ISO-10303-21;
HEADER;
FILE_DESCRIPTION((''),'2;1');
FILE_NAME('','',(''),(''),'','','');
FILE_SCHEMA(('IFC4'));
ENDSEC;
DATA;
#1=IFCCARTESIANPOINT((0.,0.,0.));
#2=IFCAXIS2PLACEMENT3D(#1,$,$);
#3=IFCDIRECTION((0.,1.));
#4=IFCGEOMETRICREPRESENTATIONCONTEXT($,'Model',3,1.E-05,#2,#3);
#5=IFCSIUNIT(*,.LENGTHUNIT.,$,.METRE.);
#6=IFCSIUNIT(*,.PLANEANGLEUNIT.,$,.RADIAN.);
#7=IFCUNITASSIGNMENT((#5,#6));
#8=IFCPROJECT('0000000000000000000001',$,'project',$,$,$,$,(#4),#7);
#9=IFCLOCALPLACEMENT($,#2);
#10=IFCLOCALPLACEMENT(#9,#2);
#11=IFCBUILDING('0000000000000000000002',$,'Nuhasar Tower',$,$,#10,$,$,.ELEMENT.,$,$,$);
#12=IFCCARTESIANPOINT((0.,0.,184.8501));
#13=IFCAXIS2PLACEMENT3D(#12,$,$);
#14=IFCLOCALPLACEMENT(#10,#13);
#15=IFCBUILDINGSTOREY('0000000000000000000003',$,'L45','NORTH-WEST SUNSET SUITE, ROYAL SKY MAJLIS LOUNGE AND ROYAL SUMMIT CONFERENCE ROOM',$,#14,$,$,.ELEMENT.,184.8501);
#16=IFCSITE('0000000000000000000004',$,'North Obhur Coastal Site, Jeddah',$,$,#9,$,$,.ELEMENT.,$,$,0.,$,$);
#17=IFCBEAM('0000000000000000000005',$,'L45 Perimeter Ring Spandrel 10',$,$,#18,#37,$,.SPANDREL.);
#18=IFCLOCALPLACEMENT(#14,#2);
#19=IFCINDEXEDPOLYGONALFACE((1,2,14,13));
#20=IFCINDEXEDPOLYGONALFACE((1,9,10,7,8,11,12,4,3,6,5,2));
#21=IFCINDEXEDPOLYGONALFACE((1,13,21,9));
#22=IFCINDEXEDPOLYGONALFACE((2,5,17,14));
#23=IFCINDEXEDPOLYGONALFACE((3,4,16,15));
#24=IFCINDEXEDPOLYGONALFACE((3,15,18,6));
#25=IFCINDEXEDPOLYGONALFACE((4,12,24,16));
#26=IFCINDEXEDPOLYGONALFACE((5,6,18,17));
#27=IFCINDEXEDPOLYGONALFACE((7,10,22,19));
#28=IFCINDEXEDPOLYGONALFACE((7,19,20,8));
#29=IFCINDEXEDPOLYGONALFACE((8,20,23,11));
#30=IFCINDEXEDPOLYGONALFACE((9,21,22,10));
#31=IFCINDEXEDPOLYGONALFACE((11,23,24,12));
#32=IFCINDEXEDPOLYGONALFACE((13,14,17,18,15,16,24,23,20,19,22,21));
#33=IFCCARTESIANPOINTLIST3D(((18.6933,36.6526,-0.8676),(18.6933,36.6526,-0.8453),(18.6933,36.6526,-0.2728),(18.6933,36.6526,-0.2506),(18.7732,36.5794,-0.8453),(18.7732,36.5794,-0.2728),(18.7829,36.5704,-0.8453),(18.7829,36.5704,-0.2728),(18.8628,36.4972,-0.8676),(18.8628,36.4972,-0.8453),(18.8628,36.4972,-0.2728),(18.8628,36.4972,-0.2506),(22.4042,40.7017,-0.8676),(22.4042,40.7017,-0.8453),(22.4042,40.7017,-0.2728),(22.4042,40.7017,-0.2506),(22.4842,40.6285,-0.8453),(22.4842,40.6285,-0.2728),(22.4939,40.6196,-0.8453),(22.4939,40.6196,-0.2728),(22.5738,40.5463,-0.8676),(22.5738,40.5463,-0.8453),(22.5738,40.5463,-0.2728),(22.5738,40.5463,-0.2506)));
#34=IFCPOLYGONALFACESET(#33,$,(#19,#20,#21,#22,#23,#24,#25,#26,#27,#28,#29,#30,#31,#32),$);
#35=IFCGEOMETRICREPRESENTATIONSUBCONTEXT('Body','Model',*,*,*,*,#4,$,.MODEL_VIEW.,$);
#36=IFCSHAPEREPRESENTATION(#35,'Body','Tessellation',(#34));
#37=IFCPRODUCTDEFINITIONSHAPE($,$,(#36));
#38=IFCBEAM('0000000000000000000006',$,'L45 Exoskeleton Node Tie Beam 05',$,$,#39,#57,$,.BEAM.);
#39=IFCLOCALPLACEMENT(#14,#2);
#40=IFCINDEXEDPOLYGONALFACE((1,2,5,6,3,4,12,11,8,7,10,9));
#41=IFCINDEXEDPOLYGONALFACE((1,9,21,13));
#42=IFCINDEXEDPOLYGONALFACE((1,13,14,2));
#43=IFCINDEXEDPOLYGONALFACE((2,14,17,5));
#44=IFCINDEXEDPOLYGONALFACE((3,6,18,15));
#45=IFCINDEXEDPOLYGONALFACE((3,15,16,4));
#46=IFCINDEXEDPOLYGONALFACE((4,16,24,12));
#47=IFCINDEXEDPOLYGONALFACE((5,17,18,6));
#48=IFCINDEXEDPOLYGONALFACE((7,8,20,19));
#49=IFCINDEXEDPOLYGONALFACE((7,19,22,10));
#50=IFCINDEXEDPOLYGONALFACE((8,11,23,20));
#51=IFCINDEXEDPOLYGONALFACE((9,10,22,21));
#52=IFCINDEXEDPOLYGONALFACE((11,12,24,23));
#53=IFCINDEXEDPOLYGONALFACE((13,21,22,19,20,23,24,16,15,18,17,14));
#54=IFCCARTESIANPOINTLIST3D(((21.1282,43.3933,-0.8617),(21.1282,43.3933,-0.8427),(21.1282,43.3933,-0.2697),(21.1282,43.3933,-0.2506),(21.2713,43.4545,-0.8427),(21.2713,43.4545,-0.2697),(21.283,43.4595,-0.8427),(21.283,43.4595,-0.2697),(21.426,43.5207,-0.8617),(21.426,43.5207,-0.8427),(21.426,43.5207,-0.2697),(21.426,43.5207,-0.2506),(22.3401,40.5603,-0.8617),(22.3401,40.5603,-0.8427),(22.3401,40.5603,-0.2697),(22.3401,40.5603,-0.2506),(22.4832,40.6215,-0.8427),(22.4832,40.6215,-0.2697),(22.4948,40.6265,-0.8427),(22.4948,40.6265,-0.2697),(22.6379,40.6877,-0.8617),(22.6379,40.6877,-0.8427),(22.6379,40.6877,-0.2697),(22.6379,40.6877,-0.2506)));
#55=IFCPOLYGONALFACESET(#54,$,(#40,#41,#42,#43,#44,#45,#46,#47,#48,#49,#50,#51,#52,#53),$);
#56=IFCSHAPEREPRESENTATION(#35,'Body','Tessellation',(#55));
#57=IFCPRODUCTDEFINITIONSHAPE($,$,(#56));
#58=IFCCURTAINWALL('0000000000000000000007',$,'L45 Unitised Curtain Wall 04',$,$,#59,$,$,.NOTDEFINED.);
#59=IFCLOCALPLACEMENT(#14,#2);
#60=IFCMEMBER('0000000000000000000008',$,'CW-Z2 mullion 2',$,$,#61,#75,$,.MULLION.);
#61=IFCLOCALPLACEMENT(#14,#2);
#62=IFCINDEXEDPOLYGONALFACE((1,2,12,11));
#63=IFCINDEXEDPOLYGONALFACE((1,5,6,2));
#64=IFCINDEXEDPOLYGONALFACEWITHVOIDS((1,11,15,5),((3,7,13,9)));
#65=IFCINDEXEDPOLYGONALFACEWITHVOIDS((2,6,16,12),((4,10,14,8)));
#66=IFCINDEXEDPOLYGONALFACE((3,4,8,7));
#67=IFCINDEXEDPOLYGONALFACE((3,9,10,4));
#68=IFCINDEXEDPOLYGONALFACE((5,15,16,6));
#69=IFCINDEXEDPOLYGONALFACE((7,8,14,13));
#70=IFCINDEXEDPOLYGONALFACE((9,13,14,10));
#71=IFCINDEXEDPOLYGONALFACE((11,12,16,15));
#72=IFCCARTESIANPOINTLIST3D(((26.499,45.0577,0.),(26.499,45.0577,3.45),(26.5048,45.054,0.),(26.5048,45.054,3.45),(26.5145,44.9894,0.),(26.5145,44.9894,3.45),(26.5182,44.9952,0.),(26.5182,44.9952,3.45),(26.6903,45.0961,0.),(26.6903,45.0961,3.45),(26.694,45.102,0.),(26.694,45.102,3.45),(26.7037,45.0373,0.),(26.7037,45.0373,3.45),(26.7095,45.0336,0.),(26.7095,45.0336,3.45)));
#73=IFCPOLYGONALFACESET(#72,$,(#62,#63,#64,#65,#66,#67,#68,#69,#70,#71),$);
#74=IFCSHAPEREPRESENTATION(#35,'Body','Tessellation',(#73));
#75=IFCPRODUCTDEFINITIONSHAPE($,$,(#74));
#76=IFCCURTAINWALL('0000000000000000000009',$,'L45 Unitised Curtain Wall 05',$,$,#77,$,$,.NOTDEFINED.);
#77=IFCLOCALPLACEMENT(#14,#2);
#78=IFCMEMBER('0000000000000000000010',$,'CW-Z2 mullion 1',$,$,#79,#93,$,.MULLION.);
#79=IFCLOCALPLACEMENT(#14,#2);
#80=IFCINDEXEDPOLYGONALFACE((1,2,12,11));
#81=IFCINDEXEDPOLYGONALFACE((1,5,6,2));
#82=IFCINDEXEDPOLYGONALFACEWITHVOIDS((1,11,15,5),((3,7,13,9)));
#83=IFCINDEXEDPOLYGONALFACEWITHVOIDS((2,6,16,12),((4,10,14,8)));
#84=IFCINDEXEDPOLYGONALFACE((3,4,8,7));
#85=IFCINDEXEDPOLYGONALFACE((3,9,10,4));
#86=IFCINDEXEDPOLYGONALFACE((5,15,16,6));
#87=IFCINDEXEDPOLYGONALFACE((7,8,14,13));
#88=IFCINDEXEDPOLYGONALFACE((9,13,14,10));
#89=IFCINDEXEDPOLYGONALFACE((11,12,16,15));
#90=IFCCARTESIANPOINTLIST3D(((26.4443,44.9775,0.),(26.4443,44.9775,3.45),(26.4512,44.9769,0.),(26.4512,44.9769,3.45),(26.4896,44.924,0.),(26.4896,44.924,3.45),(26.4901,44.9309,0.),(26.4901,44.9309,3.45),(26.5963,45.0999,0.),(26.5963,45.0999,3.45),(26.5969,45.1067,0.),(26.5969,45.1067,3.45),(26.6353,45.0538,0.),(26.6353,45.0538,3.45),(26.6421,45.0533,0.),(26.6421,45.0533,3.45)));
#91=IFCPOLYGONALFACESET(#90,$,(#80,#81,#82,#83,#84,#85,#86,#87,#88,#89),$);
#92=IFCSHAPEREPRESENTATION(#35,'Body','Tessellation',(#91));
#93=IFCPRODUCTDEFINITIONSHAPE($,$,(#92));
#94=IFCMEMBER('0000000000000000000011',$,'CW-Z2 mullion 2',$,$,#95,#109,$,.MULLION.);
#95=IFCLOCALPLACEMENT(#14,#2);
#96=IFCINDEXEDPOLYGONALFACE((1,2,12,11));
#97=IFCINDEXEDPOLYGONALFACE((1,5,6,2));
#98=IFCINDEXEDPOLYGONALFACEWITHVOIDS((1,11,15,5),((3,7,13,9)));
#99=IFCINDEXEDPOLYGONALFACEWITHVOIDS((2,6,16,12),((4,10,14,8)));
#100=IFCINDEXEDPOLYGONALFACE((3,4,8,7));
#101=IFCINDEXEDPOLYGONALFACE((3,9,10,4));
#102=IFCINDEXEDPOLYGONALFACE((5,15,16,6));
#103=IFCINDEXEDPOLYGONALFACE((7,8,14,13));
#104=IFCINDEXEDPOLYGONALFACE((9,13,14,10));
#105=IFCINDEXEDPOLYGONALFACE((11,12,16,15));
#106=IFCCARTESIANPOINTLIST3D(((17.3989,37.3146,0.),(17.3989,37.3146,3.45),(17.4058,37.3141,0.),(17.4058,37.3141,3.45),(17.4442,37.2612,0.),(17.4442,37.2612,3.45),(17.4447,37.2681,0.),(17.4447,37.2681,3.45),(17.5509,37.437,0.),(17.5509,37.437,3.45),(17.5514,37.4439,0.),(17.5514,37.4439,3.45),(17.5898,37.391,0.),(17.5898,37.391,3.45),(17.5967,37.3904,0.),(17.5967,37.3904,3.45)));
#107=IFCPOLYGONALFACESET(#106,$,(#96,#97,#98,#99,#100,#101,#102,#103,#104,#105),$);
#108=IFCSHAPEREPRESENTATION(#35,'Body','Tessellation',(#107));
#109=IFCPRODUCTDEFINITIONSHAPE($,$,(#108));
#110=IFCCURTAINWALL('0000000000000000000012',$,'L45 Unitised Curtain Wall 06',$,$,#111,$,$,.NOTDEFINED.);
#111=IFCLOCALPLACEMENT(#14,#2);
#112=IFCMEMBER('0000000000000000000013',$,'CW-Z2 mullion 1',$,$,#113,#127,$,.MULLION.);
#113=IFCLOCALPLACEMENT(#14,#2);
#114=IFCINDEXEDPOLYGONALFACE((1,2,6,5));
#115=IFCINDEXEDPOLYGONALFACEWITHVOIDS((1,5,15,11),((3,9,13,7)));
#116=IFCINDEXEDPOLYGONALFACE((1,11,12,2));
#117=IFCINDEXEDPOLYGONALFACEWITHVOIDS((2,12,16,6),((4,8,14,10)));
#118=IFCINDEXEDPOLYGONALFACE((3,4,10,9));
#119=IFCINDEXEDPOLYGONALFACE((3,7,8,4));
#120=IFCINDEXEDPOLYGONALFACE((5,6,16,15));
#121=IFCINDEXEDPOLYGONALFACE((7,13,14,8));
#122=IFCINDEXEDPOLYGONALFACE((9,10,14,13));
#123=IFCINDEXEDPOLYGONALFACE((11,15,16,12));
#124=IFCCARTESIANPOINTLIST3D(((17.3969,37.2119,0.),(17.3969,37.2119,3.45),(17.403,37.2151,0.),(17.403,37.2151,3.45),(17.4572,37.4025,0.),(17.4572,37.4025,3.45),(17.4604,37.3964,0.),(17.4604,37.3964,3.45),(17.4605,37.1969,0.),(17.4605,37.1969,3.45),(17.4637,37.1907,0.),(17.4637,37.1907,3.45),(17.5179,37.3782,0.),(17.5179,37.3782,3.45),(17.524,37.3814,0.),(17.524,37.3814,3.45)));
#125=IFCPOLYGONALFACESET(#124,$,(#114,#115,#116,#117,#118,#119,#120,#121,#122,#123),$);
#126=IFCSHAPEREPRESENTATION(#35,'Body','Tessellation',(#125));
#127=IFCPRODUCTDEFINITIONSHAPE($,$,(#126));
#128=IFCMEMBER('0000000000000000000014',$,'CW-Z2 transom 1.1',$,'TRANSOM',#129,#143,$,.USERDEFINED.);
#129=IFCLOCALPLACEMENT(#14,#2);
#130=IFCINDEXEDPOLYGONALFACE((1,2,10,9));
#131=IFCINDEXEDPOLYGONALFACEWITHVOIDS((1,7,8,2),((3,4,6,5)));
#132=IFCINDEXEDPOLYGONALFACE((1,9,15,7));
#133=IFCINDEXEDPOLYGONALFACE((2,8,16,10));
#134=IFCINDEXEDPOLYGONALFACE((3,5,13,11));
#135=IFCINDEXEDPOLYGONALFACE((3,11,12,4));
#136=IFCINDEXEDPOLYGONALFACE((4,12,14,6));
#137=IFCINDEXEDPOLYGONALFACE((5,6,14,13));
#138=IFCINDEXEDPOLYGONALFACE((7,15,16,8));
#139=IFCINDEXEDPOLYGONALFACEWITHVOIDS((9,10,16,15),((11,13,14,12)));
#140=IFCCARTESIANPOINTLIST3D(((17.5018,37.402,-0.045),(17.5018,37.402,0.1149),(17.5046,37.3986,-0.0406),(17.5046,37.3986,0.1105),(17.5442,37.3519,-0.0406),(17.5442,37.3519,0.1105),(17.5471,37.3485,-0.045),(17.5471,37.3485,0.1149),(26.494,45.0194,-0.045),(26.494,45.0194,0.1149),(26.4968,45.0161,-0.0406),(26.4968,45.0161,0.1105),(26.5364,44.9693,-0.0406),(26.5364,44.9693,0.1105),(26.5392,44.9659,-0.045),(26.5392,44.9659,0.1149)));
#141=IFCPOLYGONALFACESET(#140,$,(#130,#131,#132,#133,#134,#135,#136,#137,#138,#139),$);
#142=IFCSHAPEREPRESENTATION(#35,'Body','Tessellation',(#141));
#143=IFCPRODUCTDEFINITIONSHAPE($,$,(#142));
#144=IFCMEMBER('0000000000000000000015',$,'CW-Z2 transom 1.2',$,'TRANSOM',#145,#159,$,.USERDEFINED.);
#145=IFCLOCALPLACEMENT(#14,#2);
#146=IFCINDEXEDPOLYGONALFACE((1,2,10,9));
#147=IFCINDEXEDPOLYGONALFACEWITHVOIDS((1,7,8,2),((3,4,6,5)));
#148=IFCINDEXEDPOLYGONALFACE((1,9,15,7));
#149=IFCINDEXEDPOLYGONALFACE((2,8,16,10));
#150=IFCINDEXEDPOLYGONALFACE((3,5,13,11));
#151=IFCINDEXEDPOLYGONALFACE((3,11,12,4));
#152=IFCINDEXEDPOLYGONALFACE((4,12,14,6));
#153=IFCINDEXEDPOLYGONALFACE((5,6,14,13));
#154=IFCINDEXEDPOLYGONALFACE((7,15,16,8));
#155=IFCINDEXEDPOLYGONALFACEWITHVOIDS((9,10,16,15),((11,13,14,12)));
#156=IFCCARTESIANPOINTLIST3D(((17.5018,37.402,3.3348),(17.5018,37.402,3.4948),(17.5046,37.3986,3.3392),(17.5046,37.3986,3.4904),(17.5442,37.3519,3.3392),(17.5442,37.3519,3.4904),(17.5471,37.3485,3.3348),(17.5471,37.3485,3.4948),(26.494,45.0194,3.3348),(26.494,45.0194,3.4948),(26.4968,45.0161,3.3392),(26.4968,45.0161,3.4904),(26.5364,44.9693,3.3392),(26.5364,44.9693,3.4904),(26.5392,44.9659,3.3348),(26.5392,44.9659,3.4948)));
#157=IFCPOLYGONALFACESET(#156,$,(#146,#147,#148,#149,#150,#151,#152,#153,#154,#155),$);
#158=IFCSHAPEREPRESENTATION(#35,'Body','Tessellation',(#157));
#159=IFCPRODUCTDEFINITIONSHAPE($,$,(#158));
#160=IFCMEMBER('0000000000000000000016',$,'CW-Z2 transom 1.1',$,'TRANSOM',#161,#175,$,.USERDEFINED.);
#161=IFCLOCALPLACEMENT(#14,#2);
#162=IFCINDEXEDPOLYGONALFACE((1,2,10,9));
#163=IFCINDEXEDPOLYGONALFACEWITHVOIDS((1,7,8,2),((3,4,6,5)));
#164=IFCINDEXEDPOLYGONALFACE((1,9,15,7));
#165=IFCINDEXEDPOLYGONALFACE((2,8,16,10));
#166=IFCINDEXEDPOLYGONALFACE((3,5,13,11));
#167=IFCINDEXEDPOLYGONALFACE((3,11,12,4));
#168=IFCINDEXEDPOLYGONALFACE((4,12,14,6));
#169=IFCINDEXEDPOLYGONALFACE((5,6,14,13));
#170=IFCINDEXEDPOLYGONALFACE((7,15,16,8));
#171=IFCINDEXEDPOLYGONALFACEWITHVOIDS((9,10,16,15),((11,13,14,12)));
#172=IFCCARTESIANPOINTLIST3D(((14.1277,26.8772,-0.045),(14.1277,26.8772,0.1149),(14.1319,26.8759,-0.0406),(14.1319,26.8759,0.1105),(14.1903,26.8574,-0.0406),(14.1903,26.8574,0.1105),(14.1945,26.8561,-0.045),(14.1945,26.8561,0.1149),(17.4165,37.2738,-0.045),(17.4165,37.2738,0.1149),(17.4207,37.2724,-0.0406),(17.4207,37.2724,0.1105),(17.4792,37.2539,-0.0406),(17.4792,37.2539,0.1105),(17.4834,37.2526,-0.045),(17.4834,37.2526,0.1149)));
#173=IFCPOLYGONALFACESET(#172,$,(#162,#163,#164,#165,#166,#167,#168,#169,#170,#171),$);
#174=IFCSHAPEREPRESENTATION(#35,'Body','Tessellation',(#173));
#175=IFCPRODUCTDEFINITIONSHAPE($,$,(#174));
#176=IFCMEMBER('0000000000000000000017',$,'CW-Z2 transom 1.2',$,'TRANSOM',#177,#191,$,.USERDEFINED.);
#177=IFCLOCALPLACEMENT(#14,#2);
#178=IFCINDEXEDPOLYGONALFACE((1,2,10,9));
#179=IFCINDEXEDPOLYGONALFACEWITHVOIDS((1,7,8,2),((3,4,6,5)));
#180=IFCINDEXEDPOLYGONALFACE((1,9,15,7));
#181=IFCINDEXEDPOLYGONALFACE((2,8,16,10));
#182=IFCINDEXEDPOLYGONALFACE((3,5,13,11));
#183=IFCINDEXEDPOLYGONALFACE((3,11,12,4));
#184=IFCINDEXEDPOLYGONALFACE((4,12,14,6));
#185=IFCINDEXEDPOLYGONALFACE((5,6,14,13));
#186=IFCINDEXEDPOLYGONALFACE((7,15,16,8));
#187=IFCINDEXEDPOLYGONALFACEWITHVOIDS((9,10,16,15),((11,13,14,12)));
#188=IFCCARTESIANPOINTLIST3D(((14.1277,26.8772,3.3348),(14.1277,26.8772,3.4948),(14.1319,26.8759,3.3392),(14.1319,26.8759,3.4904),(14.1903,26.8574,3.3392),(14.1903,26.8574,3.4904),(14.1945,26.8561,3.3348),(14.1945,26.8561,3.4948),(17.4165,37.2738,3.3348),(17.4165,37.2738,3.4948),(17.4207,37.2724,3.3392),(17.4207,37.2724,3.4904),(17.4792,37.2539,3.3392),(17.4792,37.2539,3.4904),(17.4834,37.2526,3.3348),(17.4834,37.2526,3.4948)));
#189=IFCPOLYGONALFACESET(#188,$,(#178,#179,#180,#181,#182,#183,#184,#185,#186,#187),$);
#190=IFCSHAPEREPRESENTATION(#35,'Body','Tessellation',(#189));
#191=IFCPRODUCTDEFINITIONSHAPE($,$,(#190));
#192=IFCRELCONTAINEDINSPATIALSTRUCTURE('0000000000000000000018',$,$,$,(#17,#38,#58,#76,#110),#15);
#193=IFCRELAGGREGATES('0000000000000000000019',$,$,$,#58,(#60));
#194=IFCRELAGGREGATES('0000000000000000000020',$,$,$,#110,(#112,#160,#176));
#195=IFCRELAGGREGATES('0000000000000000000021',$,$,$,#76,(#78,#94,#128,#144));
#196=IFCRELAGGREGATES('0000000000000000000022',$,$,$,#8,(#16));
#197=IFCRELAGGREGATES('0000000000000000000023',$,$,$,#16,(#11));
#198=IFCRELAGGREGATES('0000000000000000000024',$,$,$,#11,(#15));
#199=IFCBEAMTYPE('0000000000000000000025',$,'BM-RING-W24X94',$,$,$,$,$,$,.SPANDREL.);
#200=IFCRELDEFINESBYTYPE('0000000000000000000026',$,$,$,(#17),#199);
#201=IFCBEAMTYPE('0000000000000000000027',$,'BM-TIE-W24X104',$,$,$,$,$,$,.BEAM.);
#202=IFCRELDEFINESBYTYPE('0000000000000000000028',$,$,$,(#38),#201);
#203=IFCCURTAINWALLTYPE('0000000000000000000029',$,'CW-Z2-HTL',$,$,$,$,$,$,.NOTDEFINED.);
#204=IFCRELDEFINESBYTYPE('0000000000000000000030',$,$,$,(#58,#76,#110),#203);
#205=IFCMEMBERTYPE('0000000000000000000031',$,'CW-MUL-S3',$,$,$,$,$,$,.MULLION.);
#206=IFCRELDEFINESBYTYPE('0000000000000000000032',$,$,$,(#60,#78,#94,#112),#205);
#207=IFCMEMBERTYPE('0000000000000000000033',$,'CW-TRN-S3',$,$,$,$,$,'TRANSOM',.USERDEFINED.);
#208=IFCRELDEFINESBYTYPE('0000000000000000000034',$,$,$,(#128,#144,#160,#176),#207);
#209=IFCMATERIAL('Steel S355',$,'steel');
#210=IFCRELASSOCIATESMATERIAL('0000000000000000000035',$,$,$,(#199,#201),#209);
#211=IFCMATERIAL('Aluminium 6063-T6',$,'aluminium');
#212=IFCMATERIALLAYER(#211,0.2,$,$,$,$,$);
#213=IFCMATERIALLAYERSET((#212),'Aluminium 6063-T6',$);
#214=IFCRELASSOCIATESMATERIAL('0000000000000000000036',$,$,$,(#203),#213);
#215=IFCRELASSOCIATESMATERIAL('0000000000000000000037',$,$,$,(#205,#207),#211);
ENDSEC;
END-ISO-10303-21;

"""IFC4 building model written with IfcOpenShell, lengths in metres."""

from ifc_helpers import new_model, si_unit, direction, frame, origin, origin_2d, place, context, subcontext, project, spatial, hollow_rectangle, i_section, extrude, material, layer, layer_set, material_profile, profile_set, type_object, element, aggregate, save


model = new_model("IFC4")

# Units and contexts
model_context = context("Model", 3, precision=1e-05, world=origin(), true_north=direction((0.0, 1.0)))
body_context = subcontext(model_context, "Body", "Model", "MODEL_VIEW")
ifc_project = project(units=[si_unit("LENGTHUNIT", "METRE"), si_unit("PLANEANGLEUNIT", "RADIAN")], contexts=[model_context])

# Site, building, storey
site_placement = place(None, origin())
site = spatial("IfcSite", under=ifc_project, at=site_placement, Name="North Obhur Coastal Site, Jeddah", CompositionType="ELEMENT", RefElevation=0.0)
building_placement = place(site_placement, origin())
building = spatial("IfcBuilding", under=site, at=building_placement, Name="Nuhasar Tower", CompositionType="ELEMENT")
storey_placement = place(building_placement, frame((0.0, 0.0, 184.8501)))
storey = spatial("IfcBuildingStorey", under=building, at=storey_placement, Name="L45", Description="NORTH-WEST SUNSET SUITE, ROYAL SKY MAJLIS LOUNGE AND ROYAL SUMMIT CONFERENCE ROOM", CompositionType="ELEMENT", Elevation=184.8501)

# Beams
ifc_material_1 = material(Name="Steel S355", Category="steel")
ifc_material_profile_1 = material_profile(ifc_material_1, i_section(OverallWidth=0.23, OverallDepth=0.6169, WebThickness=0.0132, FlangeThickness=0.0222, at=origin_2d()), Name="W24X94")
ifc_profile_set_1 = profile_set([ifc_material_profile_1], Name="Steel S355")
beam_type_1 = type_object("IfcBeamType", Name="BM-RING-W24X94", PredefinedType="SPANDREL", material=ifc_profile_set_1)
beam_1_placement = place(storey_placement, frame((22.489, 40.624, -0.5591), z_axis=(-0.675654, -0.737219, 0.0), x_axis=(0.737219, -0.675654, 0.0)))
element("IfcBeam", 1, at=beam_1_placement, inside=storey, type_object=beam_type_1, Name="L45 Perimeter Ring Spandrel 10", PredefinedType="SPANDREL", context=body_context, shape_type="SweptSolid", body=[
    extrude(i_section(OverallWidth=0.23, OverallDepth=0.6169, WebThickness=0.0132, FlangeThickness=0.0222, at=origin_2d()), origin(), (0.0, 0.0, 1.0), 5.4924),
])
ifc_material_profile_2 = material_profile(ifc_material_1, i_section(OverallWidth=0.324, OverallDepth=0.6111, WebThickness=0.0127, FlangeThickness=0.019, at=origin_2d()), Name="W24X104")
ifc_profile_set_2 = profile_set([ifc_material_profile_2], Name="Steel S355")
beam_type_2 = type_object("IfcBeamType", Name="BM-TIE-W24X104", PredefinedType="BEAM", material=ifc_profile_set_2)
beam_2_placement = place(storey_placement, frame((22.489, 40.624, -0.5562), z_axis=(-0.393307, 0.919407, 0.0), x_axis=(-0.919407, -0.393307, 0.0)))
element("IfcBeam", 2, at=beam_2_placement, inside=storey, type_object=beam_type_2, Name="L45 Exoskeleton Node Tie Beam 05", PredefinedType="BEAM", context=body_context, shape_type="SweptSolid", body=[
    extrude(i_section(OverallWidth=0.324, OverallDepth=0.6111, WebThickness=0.0127, FlangeThickness=0.019, at=origin_2d()), origin(), (0.0, 0.0, 1.0), 3.0813),
])

# Curtain wall, member
ifc_material_2 = material(Name="Aluminium 6063-T6", Category="aluminium")
ifc_layer_1 = layer(ifc_material_2, 0.2)
ifc_layer_set_1 = layer_set([ifc_layer_1], Name="Aluminium 6063-T6")
curtain_wall_type = type_object("IfcCurtainWallType", Name="CW-Z2-HTL", PredefinedType="NOTDEFINED", material=ifc_layer_set_1)
curtain_wall_1_placement = place(storey_placement, origin())
curtain_wall_1 = element("IfcCurtainWall", 3, at=curtain_wall_1_placement, inside=storey, type_object=curtain_wall_type, Name="L45 Unitised Curtain Wall 04", PredefinedType="NOTDEFINED")
ifc_material_profile_3 = material_profile(ifc_material_2, hollow_rectangle(XDim=0.0701, YDim=0.2, WallThickness=0.0049, at=origin_2d()), Name="CWM-3")
ifc_profile_set_3 = profile_set([ifc_material_profile_3], Name="Aluminium 6063-T6")
member_type_1 = type_object("IfcMemberType", Name="CW-MUL-S3", PredefinedType="MULLION", material=ifc_profile_set_3)
member_1_placement = place(storey_placement, frame((26.6042, 45.0457, 0.0), z_axis=(0.0, 0.0, 1.0), x_axis=(0.221397, -0.975184, 0.0)))
member_1 = element("IfcMember", 4, at=member_1_placement, type_object=member_type_1, Name="CW-Z2 mullion 2", PredefinedType="MULLION", context=body_context, shape_type="SweptSolid", body=[
    extrude(hollow_rectangle(XDim=0.0701, YDim=0.2, WallThickness=0.0049, at=origin_2d()), origin(), (0.0, 0.0, 1.0), 3.45),
])
aggregate(curtain_wall_1, [member_1])

# Curtain wall, members
curtain_wall_2_placement = place(storey_placement, origin())
curtain_wall_2 = element("IfcCurtainWall", 5, at=curtain_wall_2_placement, inside=storey, type_object=curtain_wall_type, Name="L45 Unitised Curtain Wall 05", PredefinedType="NOTDEFINED")
member_2_placement = place(storey_placement, frame((26.5432, 45.0154, 0.0), z_axis=(0.0, 0.0, 1.0), x_axis=(0.646374, -0.76302, 0.0)))
member_2 = element("IfcMember", 6, at=member_2_placement, type_object=member_type_1, Name="CW-Z2 mullion 1", PredefinedType="MULLION", context=body_context, shape_type="SweptSolid", body=[
    extrude(hollow_rectangle(XDim=0.0701, YDim=0.2, WallThickness=0.0049, at=origin_2d()), origin(), (0.0, 0.0, 1.0), 3.45),
])
member_3_placement = place(storey_placement, frame((17.4978, 37.3525, 0.0), z_axis=(0.0, 0.0, 1.0), x_axis=(0.646374, -0.76302, 0.0)))
member_3 = element("IfcMember", 7, at=member_3_placement, type_object=member_type_1, Name="CW-Z2 mullion 2", PredefinedType="MULLION", context=body_context, shape_type="SweptSolid", body=[
    extrude(hollow_rectangle(XDim=0.0701, YDim=0.2, WallThickness=0.0049, at=origin_2d()), origin(), (0.0, 0.0, 1.0), 3.45),
])

# Curtain wall, member
curtain_wall_3_placement = place(storey_placement, origin())
curtain_wall_3 = element("IfcCurtainWall", 8, at=curtain_wall_3_placement, inside=storey, type_object=curtain_wall_type, Name="L45 Unitised Curtain Wall 06", PredefinedType="NOTDEFINED")
member_4_placement = place(storey_placement, frame((17.4604, 37.2966, 0.0), z_axis=(0.0, 0.0, 1.0), x_axis=(0.953433, -0.301604, 0.0)))
member_4 = element("IfcMember", 9, at=member_4_placement, type_object=member_type_1, Name="CW-Z2 mullion 1", PredefinedType="MULLION", context=body_context, shape_type="SweptSolid", body=[
    extrude(hollow_rectangle(XDim=0.0701, YDim=0.2, WallThickness=0.0049, at=origin_2d()), origin(), (0.0, 0.0, 1.0), 3.45),
])

# Members
ifc_material_profile_4 = material_profile(ifc_material_2, hollow_rectangle(XDim=0.0701, YDim=0.1599, WallThickness=0.0044, at=origin_2d()), Name="CWT-3")
ifc_profile_set_4 = profile_set([ifc_material_profile_4], Name="Aluminium 6063-T6")
member_type_2 = type_object("IfcMemberType", Name="CW-TRN-S3", ElementType="TRANSOM", PredefinedType="USERDEFINED", material=ifc_profile_set_4)
member_5_placement = place(storey_placement, frame((26.5166, 44.9927, 0.0349), z_axis=(-0.763024, -0.64637, 0.0), x_axis=(0.64637, -0.763024, 0.0)))
member_5 = element("IfcMember", 10, at=member_5_placement, type_object=member_type_2, Name="CW-Z2 transom 1.1", ObjectType="TRANSOM", PredefinedType="USERDEFINED", context=body_context, shape_type="SweptSolid", body=[
    extrude(hollow_rectangle(XDim=0.0701, YDim=0.1599, WallThickness=0.0044, at=origin_2d()), origin(), (0.0, 0.0, 1.0), 11.7849),
])
member_6_placement = place(storey_placement, frame((26.5166, 44.9927, 3.4148), z_axis=(-0.763024, -0.64637, 0.0), x_axis=(0.64637, -0.763024, 0.0)))
member_6 = element("IfcMember", 11, at=member_6_placement, type_object=member_type_2, Name="CW-Z2 transom 1.2", ObjectType="TRANSOM", PredefinedType="USERDEFINED", context=body_context, shape_type="SweptSolid", body=[
    extrude(hollow_rectangle(XDim=0.0701, YDim=0.1599, WallThickness=0.0044, at=origin_2d()), origin(), (0.0, 0.0, 1.0), 11.7849),
])
member_7_placement = place(storey_placement, frame((17.45, 37.2632, 0.0349), z_axis=(-0.301608, -0.953432, 0.0), x_axis=(0.953432, -0.301608, 0.0)))
member_7 = element("IfcMember", 12, at=member_7_placement, type_object=member_type_2, Name="CW-Z2 transom 1.1", ObjectType="TRANSOM", PredefinedType="USERDEFINED", context=body_context, shape_type="SweptSolid", body=[
    extrude(hollow_rectangle(XDim=0.0701, YDim=0.1599, WallThickness=0.0044, at=origin_2d()), origin(), (0.0, 0.0, 1.0), 10.9043),
])
member_8_placement = place(storey_placement, frame((17.45, 37.2632, 3.4148), z_axis=(-0.301608, -0.953432, 0.0), x_axis=(0.953432, -0.301608, 0.0)))
member_8 = element("IfcMember", 13, at=member_8_placement, type_object=member_type_2, Name="CW-Z2 transom 1.2", ObjectType="TRANSOM", PredefinedType="USERDEFINED", context=body_context, shape_type="SweptSolid", body=[
    extrude(hollow_rectangle(XDim=0.0701, YDim=0.1599, WallThickness=0.0044, at=origin_2d()), origin(), (0.0, 0.0, 1.0), 10.9043),
])
aggregate(curtain_wall_3, [member_4, member_7, member_8])

aggregate(curtain_wall_2, [member_2, member_3, member_5, member_6])

save(model, "model.ifc")
